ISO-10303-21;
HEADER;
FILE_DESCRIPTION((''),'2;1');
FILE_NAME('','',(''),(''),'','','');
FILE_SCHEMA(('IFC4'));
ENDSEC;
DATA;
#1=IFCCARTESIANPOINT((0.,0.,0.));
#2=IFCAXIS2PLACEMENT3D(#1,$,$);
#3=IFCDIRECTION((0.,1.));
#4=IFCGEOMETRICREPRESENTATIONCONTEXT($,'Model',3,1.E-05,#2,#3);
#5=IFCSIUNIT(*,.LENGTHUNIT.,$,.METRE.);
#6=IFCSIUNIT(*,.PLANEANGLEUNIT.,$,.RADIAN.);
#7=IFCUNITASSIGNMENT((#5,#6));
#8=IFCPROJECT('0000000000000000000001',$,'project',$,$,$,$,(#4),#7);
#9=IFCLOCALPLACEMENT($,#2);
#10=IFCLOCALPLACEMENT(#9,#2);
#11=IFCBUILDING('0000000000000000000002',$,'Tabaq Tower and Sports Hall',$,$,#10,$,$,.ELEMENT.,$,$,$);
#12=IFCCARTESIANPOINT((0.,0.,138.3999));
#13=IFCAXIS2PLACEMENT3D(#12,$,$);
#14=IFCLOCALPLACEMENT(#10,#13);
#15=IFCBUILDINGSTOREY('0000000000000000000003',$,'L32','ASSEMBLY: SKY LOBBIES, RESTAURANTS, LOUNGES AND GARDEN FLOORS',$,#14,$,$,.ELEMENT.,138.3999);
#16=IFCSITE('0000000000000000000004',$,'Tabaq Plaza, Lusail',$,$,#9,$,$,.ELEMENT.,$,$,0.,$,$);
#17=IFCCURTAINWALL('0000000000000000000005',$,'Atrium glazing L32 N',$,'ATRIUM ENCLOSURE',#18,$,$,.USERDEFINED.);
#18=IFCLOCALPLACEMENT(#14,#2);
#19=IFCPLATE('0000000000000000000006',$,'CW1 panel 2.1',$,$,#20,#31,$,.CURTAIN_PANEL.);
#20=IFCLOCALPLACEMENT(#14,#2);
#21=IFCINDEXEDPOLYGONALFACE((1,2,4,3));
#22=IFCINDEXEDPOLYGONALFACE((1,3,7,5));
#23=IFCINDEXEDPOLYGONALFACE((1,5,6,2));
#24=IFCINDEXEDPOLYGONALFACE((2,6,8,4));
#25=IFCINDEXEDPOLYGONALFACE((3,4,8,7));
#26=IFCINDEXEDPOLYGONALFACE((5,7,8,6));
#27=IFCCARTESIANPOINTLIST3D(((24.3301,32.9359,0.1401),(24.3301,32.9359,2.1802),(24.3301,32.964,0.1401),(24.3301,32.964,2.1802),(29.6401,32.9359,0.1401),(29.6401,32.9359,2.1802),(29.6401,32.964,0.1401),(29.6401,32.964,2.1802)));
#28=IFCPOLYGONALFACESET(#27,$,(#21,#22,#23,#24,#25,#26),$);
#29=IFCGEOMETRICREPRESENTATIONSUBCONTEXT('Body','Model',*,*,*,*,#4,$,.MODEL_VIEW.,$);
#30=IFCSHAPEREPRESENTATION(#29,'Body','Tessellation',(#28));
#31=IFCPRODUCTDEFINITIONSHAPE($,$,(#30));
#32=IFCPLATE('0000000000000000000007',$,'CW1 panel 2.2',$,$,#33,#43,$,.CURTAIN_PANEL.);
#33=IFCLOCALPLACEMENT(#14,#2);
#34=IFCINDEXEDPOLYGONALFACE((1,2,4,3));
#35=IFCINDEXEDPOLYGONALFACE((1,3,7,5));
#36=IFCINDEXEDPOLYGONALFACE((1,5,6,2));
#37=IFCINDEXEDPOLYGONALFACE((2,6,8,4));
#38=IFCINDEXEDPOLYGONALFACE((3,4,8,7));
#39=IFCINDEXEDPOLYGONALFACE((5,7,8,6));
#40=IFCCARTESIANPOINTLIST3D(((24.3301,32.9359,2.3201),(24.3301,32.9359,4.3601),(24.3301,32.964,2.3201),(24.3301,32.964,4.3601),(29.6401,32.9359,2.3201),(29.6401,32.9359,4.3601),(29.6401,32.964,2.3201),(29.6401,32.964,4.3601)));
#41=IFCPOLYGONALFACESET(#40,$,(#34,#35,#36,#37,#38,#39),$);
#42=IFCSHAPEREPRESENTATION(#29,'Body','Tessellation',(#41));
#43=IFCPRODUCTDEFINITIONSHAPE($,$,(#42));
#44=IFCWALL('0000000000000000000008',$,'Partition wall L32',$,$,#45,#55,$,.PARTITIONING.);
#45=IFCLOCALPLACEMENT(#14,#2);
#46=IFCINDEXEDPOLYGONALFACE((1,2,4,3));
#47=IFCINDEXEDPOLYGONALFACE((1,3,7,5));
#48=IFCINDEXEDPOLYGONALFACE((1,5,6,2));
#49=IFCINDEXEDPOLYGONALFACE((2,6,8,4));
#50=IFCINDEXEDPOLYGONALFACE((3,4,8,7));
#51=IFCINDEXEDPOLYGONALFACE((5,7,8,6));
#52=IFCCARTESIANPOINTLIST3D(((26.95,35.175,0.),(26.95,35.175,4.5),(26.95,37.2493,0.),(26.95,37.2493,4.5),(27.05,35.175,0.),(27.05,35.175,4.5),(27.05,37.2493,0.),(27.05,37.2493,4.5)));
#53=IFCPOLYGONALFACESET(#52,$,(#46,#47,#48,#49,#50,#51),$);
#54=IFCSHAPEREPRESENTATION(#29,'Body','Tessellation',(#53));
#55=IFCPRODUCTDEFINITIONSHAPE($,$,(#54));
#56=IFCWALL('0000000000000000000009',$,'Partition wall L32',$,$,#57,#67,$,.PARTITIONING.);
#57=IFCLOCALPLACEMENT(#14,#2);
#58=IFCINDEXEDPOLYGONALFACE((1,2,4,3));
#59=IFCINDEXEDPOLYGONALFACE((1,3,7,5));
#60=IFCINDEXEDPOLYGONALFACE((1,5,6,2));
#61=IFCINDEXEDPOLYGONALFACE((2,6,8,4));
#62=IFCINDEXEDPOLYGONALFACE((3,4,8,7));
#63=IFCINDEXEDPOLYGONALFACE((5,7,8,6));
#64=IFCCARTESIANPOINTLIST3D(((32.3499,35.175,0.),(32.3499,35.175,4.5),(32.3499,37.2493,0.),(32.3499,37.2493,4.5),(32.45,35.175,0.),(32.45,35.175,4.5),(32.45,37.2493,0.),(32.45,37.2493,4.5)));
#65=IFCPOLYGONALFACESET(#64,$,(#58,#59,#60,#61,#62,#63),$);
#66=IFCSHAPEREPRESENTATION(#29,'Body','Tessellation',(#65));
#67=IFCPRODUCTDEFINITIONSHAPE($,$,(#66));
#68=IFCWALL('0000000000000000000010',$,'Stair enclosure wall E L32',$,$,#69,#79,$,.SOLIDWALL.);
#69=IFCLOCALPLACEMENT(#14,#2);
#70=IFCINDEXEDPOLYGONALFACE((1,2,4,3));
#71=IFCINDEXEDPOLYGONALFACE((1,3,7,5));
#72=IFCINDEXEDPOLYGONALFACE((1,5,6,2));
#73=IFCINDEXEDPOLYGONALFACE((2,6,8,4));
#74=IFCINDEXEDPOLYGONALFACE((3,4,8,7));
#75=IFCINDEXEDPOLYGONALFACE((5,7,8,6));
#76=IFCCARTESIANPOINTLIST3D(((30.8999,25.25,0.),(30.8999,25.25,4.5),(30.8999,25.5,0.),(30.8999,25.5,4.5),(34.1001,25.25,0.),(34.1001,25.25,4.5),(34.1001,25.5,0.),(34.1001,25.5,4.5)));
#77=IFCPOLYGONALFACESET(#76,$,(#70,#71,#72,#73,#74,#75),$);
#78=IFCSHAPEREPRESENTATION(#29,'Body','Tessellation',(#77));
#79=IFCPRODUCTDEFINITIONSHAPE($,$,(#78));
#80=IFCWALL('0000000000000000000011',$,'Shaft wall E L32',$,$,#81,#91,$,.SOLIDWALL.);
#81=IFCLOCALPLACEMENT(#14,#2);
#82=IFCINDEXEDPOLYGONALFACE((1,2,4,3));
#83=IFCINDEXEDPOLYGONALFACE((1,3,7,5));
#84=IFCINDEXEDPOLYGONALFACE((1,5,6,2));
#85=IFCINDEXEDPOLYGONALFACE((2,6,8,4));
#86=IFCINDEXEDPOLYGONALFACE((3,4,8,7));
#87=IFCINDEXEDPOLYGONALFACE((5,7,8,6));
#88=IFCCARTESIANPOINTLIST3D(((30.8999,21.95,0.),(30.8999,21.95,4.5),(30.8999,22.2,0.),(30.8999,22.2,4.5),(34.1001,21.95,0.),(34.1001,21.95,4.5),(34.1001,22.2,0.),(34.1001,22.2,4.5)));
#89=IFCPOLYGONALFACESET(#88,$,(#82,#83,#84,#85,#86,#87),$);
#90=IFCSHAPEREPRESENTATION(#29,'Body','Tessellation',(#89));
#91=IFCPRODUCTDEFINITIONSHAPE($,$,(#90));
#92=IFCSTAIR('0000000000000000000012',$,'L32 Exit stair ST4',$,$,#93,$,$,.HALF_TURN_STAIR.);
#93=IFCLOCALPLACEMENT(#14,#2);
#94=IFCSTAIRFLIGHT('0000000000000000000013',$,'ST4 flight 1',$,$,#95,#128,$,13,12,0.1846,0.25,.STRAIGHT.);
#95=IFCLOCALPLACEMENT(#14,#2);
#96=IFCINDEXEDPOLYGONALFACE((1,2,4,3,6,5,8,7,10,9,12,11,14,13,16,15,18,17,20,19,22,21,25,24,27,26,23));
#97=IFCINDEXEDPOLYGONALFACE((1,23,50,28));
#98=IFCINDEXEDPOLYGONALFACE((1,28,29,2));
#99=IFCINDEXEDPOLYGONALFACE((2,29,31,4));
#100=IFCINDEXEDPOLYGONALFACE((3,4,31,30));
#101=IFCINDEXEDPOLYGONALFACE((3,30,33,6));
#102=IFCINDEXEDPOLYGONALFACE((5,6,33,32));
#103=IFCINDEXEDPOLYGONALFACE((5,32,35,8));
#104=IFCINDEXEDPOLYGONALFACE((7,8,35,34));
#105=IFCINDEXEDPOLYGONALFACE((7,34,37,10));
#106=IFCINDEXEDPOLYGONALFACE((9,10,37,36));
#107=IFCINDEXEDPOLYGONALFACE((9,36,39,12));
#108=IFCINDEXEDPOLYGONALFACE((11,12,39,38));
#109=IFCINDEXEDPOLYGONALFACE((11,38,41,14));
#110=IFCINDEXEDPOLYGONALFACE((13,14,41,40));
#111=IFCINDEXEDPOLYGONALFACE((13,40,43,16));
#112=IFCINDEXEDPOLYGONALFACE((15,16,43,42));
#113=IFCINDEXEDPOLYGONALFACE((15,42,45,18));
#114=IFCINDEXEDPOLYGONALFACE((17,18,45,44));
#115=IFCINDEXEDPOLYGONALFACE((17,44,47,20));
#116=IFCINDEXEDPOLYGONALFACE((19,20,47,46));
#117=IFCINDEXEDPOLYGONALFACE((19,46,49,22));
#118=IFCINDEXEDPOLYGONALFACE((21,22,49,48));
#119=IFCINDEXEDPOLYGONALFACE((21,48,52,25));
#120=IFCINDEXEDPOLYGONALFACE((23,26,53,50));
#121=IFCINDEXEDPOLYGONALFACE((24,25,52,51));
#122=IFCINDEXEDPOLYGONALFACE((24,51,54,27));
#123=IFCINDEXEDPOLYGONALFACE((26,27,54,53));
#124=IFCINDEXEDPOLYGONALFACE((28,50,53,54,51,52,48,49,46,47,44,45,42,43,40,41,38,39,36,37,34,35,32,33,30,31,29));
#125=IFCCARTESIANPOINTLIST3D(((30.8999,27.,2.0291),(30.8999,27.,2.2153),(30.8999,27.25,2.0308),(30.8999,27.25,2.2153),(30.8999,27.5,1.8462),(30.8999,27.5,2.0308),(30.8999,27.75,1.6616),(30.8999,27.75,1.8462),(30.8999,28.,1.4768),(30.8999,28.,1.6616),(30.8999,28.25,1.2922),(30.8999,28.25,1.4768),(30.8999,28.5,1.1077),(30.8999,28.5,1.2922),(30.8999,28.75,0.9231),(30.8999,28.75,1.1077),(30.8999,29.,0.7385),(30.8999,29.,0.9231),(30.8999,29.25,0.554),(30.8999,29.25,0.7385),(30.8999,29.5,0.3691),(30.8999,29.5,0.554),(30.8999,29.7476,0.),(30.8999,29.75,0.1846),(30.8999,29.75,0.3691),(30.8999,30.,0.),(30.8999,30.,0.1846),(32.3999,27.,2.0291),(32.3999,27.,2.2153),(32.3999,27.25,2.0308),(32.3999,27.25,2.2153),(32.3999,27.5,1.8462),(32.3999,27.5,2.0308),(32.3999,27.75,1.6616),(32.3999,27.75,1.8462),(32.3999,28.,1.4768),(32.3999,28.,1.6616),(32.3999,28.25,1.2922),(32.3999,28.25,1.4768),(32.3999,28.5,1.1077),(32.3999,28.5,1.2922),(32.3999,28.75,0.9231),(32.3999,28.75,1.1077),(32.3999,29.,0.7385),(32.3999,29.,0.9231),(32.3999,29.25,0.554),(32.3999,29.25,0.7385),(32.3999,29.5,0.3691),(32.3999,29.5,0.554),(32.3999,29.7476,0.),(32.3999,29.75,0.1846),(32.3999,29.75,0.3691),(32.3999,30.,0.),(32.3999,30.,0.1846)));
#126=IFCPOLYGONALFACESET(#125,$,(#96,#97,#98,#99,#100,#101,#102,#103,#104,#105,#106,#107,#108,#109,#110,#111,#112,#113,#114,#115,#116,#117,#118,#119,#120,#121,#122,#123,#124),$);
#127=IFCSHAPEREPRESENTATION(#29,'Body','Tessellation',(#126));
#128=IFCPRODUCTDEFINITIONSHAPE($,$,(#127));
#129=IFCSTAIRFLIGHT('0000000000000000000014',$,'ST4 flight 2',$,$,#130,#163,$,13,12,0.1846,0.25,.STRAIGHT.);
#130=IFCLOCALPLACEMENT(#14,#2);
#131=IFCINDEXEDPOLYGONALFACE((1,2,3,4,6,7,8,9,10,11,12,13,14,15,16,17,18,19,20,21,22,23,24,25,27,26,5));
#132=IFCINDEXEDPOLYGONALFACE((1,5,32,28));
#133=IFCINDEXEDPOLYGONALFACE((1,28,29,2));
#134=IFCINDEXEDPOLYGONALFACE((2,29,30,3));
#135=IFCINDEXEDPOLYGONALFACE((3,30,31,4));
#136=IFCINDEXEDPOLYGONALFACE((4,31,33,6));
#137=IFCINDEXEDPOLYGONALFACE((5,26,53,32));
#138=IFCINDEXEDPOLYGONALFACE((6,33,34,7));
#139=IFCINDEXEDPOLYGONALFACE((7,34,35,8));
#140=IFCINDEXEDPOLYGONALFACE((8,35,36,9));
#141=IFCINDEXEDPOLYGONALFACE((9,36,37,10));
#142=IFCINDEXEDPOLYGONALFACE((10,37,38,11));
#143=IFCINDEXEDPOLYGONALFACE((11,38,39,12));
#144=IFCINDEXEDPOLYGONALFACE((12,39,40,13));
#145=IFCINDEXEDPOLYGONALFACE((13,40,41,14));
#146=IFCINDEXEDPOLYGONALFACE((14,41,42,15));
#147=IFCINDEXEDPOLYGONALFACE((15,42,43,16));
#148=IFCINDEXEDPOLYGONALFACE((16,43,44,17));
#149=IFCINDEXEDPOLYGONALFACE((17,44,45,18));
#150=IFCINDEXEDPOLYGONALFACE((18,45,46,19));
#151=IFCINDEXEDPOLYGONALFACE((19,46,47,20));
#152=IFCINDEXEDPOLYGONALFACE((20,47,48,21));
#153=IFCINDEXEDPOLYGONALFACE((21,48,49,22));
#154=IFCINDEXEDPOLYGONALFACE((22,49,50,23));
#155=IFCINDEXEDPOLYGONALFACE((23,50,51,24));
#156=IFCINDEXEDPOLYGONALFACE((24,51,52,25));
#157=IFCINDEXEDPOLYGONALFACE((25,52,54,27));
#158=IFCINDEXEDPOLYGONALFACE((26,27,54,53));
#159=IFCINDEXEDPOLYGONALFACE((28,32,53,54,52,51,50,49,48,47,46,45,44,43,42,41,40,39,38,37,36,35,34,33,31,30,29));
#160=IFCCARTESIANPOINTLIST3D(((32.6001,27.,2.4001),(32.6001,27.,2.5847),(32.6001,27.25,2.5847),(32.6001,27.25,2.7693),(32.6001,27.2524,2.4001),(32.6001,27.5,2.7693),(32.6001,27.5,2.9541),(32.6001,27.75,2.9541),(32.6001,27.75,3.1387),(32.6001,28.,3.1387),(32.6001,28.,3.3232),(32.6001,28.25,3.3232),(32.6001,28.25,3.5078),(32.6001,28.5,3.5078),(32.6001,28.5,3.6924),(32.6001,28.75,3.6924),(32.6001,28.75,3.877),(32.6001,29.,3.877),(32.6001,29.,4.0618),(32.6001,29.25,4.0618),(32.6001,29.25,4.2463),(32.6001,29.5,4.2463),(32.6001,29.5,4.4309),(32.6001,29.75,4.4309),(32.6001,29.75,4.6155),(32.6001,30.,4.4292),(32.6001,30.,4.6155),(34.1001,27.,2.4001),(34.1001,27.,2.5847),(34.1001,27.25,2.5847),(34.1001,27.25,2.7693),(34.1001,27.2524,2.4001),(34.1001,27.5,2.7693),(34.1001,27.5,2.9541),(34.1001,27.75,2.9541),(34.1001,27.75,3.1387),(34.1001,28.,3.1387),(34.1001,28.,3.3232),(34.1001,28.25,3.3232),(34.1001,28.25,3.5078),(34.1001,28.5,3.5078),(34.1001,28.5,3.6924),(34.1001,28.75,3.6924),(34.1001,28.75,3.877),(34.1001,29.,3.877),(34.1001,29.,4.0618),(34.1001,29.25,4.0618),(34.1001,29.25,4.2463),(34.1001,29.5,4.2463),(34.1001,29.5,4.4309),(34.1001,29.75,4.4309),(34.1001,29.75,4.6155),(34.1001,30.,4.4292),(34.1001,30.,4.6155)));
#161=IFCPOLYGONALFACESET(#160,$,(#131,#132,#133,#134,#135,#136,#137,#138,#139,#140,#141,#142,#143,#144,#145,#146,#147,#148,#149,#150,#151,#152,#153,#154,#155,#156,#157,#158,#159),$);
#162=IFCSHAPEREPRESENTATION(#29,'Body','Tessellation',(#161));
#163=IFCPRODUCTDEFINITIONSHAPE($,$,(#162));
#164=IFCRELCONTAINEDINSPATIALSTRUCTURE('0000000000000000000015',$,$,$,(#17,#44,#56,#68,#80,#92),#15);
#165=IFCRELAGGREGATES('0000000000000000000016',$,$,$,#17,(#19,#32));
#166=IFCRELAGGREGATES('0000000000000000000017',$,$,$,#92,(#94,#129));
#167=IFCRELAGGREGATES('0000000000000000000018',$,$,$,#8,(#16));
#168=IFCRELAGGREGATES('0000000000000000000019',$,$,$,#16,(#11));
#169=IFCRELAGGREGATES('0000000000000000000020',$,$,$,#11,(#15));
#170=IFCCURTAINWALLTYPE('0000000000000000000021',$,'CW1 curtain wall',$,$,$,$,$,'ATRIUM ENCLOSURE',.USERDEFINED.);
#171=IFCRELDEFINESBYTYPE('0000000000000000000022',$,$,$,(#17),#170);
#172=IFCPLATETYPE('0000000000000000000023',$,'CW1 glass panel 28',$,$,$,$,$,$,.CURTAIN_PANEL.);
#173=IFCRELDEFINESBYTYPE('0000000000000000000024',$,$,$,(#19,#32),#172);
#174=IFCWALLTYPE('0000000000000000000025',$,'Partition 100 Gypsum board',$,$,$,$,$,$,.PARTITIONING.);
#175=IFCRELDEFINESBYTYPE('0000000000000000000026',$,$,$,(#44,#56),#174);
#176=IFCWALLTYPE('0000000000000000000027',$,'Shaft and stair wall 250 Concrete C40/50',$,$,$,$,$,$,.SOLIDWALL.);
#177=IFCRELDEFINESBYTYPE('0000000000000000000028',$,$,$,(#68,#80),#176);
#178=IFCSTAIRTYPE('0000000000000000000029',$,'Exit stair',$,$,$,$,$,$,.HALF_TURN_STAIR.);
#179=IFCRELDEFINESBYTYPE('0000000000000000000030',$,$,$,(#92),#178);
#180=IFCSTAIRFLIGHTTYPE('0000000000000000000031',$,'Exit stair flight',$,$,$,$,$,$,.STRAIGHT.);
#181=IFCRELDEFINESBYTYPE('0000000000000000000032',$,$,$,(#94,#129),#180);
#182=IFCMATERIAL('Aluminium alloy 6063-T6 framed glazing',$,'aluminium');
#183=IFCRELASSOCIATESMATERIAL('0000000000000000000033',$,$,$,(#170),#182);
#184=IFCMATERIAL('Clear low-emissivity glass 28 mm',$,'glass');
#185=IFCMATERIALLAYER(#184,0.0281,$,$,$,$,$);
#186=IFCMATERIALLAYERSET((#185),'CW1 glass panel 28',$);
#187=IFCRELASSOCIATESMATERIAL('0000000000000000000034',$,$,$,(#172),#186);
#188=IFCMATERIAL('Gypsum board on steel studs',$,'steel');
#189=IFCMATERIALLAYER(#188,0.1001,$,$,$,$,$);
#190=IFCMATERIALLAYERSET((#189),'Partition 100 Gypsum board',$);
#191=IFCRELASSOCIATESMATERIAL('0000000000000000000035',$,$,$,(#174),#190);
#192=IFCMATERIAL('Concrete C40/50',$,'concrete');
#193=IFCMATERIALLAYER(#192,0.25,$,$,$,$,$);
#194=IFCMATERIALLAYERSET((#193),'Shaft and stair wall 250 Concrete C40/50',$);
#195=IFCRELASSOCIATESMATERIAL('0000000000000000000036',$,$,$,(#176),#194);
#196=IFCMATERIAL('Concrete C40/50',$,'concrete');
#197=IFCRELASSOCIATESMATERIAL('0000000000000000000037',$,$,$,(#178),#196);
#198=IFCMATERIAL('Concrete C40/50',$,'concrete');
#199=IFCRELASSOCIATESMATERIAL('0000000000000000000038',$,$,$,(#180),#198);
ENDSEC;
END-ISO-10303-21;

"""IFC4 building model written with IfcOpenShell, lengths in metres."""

from ifc_helpers import new_model, si_unit, direction, frame, frame_2d, origin, origin_2d, place, context, subcontext, project, spatial, polyline, rectangle, outline, extrude, material, layer, layer_set, type_object, element, aggregate, save


model = new_model("IFC4")

# Units and contexts
model_context = context("Model", 3, precision=1e-05, world=origin(), true_north=direction((0.0, 1.0)))
body_context = subcontext(model_context, "Body", "Model", "MODEL_VIEW")
ifc_project = project(units=[si_unit("LENGTHUNIT", "METRE"), si_unit("PLANEANGLEUNIT", "RADIAN")], contexts=[model_context])

# Site, building, storey
site_placement = place(None, origin())
site = spatial("IfcSite", under=ifc_project, at=site_placement, Name="Tabaq Plaza, Lusail", CompositionType="ELEMENT", RefElevation=0.0)
building_placement = place(site_placement, origin())
building = spatial("IfcBuilding", under=site, at=building_placement, Name="Tabaq Tower and Sports Hall", CompositionType="ELEMENT")
storey_placement = place(building_placement, frame((0.0, 0.0, 138.3999)))
storey = spatial("IfcBuildingStorey", under=building, at=storey_placement, Name="L32", Description="ASSEMBLY: SKY LOBBIES, RESTAURANTS, LOUNGES AND GARDEN FLOORS", CompositionType="ELEMENT", Elevation=138.3999)

# Curtain wall
ifc_material_1 = material(Name="Aluminium alloy 6063-T6 framed glazing", Category="aluminium")
curtain_wall_type = type_object("IfcCurtainWallType", Name="CW1 curtain wall", ElementType="ATRIUM ENCLOSURE", PredefinedType="USERDEFINED", material=ifc_material_1)
curtain_wall_placement = place(storey_placement, origin())
curtain_wall = element("IfcCurtainWall", 1, at=curtain_wall_placement, inside=storey, type_object=curtain_wall_type, Name="Atrium glazing L32 N", ObjectType="ATRIUM ENCLOSURE", PredefinedType="USERDEFINED")

# Plates
ifc_material_2 = material(Name="Clear low-emissivity glass 28 mm", Category="glass")
ifc_layer_1 = layer(ifc_material_2, 0.0281)
ifc_layer_set_1 = layer_set([ifc_layer_1], Name="CW1 glass panel 28")
plate_type = type_object("IfcPlateType", Name="CW1 glass panel 28", PredefinedType="CURTAIN_PANEL", material=ifc_layer_set_1)
plate_1_placement = place(storey_placement, frame((26.9851, 32.95, 0.1401), z_axis=(0.0, 0.0, 1.0), x_axis=(1.0, 0.0, 0.0)))
plate_1 = element("IfcPlate", 2, at=plate_1_placement, type_object=plate_type, Name="CW1 panel 2.1", PredefinedType="CURTAIN_PANEL", context=body_context, shape_type="SweptSolid", body=[
    extrude(rectangle(XDim=5.3101, YDim=0.0281, at=origin_2d()), origin(), (0.0, 0.0, 1.0), 2.04),
])
plate_2_placement = place(storey_placement, frame((26.9851, 32.95, 2.3201), z_axis=(0.0, 0.0, 1.0), x_axis=(1.0, 0.0, 0.0)))
plate_2 = element("IfcPlate", 3, at=plate_2_placement, type_object=plate_type, Name="CW1 panel 2.2", PredefinedType="CURTAIN_PANEL", context=body_context, shape_type="SweptSolid", body=[
    extrude(rectangle(XDim=5.3101, YDim=0.0281, at=origin_2d()), origin(), (0.0, 0.0, 1.0), 2.04),
])
aggregate(curtain_wall, [plate_1, plate_2])

# Walls
ifc_material_3 = material(Name="Gypsum board on steel studs", Category="steel")
ifc_layer_2 = layer(ifc_material_3, 0.1001)
ifc_layer_set_2 = layer_set([ifc_layer_2], Name="Partition 100 Gypsum board")
wall_type_1 = type_object("IfcWallType", Name="Partition 100 Gypsum board", PredefinedType="PARTITIONING", material=ifc_layer_set_2)
for number, where, z_axis, x_axis, name in (
    (4, (27.0, 35.175, 0.0), (0.0, 0.0, 1.0), (0.0, 1.0, 0.0), "Partition wall L32"),
    (5, (32.3999, 35.175, 0.0), (0.0, 0.0, 1.0), (0.0, 1.0, 0.0), "Partition wall L32"),
):
    element("IfcWall", number, at=place(storey_placement, frame(where, z_axis=z_axis, x_axis=x_axis)), inside=storey, type_object=wall_type_1, Name=name, PredefinedType="PARTITIONING", context=body_context, shape_type="SweptSolid", body=[
        extrude(rectangle(XDim=2.0742, YDim=0.1001, at=frame_2d((1.0371, 0.0))), origin(), (0.0, 0.0, 1.0), 4.5),
    ])
ifc_material_4 = material(Name="Concrete C40/50", Category="concrete")
ifc_layer_3 = layer(ifc_material_4, 0.25)
ifc_layer_set_3 = layer_set([ifc_layer_3], Name="Shaft and stair wall 250 Concrete C40/50")
wall_type_2 = type_object("IfcWallType", Name="Shaft and stair wall 250 Concrete C40/50", PredefinedType="SOLIDWALL", material=ifc_layer_set_3)
for number, where, z_axis, x_axis, name in (
    (6, (30.8999, 25.375, 0.0), (0.0, 0.0, 1.0), (1.0, 0.0, 0.0), "Stair enclosure wall E L32"),
    (7, (30.8999, 22.075, 0.0), (0.0, 0.0, 1.0), (1.0, 0.0, 0.0), "Shaft wall E L32"),
):
    element("IfcWall", number, at=place(storey_placement, frame(where, z_axis=z_axis, x_axis=x_axis)), inside=storey, type_object=wall_type_2, Name=name, PredefinedType="SOLIDWALL", context=body_context, shape_type="SweptSolid", body=[
        extrude(rectangle(XDim=3.2002, YDim=0.25, at=frame_2d((1.6001, 0.0))), origin(), (0.0, 0.0, 1.0), 4.5),
    ])

# Stair, stair flights
ifc_material_5 = material(Name="Concrete C40/50", Category="concrete")
stair_type = type_object("IfcStairType", Name="Exit stair", PredefinedType="HALF_TURN_STAIR", material=ifc_material_5)
stair_placement = place(storey_placement, origin())
stair = element("IfcStair", 8, at=stair_placement, inside=storey, type_object=stair_type, Name="L32 Exit stair ST4", PredefinedType="HALF_TURN_STAIR")
ifc_material_6 = material(Name="Concrete C40/50", Category="concrete")
stair_flight_type = type_object("IfcStairFlightType", Name="Exit stair flight", PredefinedType="STRAIGHT", material=ifc_material_6)
stair_flight_1_placement = place(storey_placement, frame((31.6499, 30.0, 0.0), z_axis=(0.0, 0.0, 1.0), x_axis=(0.0, -1.0, 0.0)))
stair_flight_1 = element("IfcStairFlight", 9, at=stair_flight_1_placement, type_object=stair_flight_type, Name="ST4 flight 1", NumberOfRisers=13, NumberOfTreads=12, PredefinedType="STRAIGHT", RiserHeight=0.1846, TreadLength=0.25, context=body_context, shape_type="SweptSolid", body=[
    extrude(outline(polyline([(0.0, 0.0), (0.0, 0.1846), (0.25, 0.1846), (0.25, 0.3691), (0.5, 0.3691), (0.5, 0.554), (0.75, 0.554), (0.75, 0.7385), (1.0, 0.7385), (1.0, 0.9231), (1.25, 0.9231), (1.25, 1.1077), (1.5, 1.1077), (1.5, 1.2922), (1.75, 1.2922), (1.75, 1.4768), (2.0, 1.4768), (2.0, 1.6616), (2.25, 1.6616), (2.25, 1.8462), (2.5, 1.8462), (2.5, 2.0308), (2.75, 2.0308), (2.75, 2.2153), (3.0, 2.2153), (3.0, 2.3999), (3.0, 2.0291), (0.2524, 0.0), (0.0, 0.0)])), frame((0.0, 0.75, 0.0), z_axis=(0.0, -1.0, 0.0), x_axis=(1.0, 0.0, 0.0)), (0.0, 0.0, 1.0), 1.5),
])
stair_flight_2_placement = place(storey_placement, frame((33.3501, 27.0, 2.4001), z_axis=(0.0, 0.0, 1.0), x_axis=(0.0, 1.0, 0.0)))
stair_flight_2 = element("IfcStairFlight", 10, at=stair_flight_2_placement, type_object=stair_flight_type, Name="ST4 flight 2", NumberOfRisers=13, NumberOfTreads=12, PredefinedType="STRAIGHT", RiserHeight=0.1846, TreadLength=0.25, context=body_context, shape_type="SweptSolid", body=[
    extrude(outline(polyline([(0.0, 0.0), (0.0, 0.1846), (0.25, 0.1846), (0.25, 0.3691), (0.5, 0.3691), (0.5, 0.554), (0.75, 0.554), (0.75, 0.7385), (1.0, 0.7385), (1.0, 0.9231), (1.25, 0.9231), (1.25, 1.1077), (1.5, 1.1077), (1.5, 1.2922), (1.75, 1.2922), (1.75, 1.4768), (2.0, 1.4768), (2.0, 1.6616), (2.25, 1.6616), (2.25, 1.8462), (2.5, 1.8462), (2.5, 2.0308), (2.75, 2.0308), (2.75, 2.2153), (3.0, 2.2153), (3.0, 2.3999), (3.0, 2.0291), (0.2524, 0.0), (0.0, 0.0)])), frame((0.0, 0.75, 0.0), z_axis=(0.0, -1.0, 0.0), x_axis=(1.0, 0.0, 0.0)), (0.0, 0.0, 1.0), 1.5),
])
aggregate(stair, [stair_flight_1, stair_flight_2])

save(model, "model.ifc")
